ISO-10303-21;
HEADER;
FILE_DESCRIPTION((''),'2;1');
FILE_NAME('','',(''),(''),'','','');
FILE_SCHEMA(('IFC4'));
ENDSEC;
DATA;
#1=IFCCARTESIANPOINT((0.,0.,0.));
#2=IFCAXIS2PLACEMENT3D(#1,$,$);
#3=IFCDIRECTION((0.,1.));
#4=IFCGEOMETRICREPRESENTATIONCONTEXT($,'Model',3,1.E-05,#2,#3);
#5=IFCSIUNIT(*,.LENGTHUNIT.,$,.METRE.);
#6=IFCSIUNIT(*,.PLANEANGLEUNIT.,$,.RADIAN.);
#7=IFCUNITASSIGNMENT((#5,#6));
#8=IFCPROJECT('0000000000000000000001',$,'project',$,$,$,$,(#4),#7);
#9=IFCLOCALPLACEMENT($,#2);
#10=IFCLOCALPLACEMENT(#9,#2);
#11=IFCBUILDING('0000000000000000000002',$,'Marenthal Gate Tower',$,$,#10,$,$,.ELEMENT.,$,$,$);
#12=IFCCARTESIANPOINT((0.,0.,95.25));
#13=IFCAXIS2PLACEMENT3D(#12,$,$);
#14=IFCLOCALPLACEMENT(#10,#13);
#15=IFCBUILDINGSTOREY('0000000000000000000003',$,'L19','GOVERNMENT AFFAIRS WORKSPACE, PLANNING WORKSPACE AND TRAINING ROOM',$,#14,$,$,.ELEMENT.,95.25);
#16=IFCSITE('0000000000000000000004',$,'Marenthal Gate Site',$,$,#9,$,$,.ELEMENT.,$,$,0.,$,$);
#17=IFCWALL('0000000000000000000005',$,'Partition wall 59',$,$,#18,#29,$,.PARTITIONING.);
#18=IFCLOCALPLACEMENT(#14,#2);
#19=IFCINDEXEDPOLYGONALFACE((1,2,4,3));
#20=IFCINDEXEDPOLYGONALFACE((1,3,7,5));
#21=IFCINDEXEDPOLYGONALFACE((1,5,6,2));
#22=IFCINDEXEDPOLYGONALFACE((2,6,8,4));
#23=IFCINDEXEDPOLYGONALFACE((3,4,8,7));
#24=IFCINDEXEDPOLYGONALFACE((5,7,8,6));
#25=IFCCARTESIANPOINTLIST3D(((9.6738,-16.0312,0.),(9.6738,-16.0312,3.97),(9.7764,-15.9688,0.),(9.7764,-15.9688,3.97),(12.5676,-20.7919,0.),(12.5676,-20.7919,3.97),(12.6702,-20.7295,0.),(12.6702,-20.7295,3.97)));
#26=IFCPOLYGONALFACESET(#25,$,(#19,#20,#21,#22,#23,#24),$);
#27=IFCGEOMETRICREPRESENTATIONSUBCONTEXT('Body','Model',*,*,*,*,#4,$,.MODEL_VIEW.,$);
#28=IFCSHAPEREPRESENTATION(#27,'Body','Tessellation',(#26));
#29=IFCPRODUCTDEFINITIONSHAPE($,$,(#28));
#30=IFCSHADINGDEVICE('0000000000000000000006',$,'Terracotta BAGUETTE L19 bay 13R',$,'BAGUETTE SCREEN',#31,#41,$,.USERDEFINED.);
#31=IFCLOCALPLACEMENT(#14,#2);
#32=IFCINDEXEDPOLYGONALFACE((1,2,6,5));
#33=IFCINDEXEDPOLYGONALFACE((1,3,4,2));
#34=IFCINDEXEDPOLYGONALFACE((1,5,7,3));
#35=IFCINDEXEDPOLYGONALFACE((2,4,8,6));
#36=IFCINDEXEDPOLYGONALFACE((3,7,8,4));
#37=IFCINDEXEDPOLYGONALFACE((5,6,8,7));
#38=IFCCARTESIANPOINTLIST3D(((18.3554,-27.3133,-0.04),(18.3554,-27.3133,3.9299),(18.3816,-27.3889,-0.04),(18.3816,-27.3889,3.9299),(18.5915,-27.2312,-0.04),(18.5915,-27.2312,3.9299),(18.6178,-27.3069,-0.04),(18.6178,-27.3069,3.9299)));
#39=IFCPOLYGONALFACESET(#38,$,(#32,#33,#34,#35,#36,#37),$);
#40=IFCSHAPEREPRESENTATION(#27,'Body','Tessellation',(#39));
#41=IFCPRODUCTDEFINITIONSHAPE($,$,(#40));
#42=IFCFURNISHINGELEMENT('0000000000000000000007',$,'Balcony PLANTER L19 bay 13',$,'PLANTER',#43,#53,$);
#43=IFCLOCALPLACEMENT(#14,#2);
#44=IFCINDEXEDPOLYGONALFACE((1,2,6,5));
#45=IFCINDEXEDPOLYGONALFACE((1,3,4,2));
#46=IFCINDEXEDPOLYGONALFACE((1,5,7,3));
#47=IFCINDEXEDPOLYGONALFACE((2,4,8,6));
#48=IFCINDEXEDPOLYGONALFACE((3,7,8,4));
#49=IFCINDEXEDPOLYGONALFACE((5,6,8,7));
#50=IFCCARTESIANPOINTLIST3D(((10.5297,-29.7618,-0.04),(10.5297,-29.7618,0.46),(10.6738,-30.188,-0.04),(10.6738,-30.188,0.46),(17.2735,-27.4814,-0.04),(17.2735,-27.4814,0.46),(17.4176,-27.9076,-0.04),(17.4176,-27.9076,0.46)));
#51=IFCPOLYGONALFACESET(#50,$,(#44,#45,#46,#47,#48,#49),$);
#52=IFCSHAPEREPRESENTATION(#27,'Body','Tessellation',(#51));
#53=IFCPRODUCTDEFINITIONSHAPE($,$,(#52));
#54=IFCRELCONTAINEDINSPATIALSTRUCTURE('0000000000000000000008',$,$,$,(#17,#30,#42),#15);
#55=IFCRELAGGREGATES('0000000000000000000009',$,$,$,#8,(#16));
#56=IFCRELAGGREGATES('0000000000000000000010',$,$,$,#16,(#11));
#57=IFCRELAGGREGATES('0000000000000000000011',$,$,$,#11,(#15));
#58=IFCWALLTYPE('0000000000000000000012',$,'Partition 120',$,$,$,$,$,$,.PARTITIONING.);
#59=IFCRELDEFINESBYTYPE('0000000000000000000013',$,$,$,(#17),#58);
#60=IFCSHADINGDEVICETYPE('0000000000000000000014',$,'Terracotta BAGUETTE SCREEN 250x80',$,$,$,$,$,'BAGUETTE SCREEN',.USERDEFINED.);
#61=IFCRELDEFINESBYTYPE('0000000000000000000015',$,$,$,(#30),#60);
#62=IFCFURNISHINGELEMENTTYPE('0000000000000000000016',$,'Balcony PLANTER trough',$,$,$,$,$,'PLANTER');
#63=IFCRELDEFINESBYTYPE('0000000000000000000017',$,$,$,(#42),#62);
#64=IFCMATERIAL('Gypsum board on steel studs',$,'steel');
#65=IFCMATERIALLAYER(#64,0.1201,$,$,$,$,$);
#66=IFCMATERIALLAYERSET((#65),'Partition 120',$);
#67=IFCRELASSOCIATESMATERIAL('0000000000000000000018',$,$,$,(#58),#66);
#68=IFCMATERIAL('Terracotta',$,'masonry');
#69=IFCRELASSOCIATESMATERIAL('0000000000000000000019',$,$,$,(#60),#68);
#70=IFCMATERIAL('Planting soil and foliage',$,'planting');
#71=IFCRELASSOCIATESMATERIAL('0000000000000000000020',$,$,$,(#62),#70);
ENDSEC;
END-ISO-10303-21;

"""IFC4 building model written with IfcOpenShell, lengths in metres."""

from ifc_helpers import new_model, si_unit, direction, frame, frame_2d, origin, origin_2d, place, context, subcontext, project, spatial, rectangle, extrude, material, layer, layer_set, material_profile, profile_set, type_object, element, save


model = new_model("IFC4")

# Units and contexts
model_context = context("Model", 3, precision=1e-05, world=origin(), true_north=direction((0.0, 1.0)))
body_context = subcontext(model_context, "Body", "Model", "MODEL_VIEW")
ifc_project = project(units=[si_unit("LENGTHUNIT", "METRE"), si_unit("PLANEANGLEUNIT", "RADIAN")], contexts=[model_context])

# Site, building, storey
site_placement = place(None, origin())
site = spatial("IfcSite", under=ifc_project, at=site_placement, Name="Marenthal Gate Site", CompositionType="ELEMENT", RefElevation=0.0)
building_placement = place(site_placement, origin())
building = spatial("IfcBuilding", under=site, at=building_placement, Name="Marenthal Gate Tower", CompositionType="ELEMENT")
storey_placement = place(building_placement, frame((0.0, 0.0, 95.25)))
storey = spatial("IfcBuildingStorey", under=building, at=storey_placement, Name="L19", Description="GOVERNMENT AFFAIRS WORKSPACE, PLANNING WORKSPACE AND TRAINING ROOM", CompositionType="ELEMENT", Elevation=95.25)

# Wall
ifc_material_1 = material(Name="Gypsum board on steel studs", Category="steel")
ifc_layer_1 = layer(ifc_material_1, 0.1201)
ifc_layer_set_1 = layer_set([ifc_layer_1], Name="Partition 120")
wall_type_1 = type_object("IfcWallType", Name="Partition 120", PredefinedType="PARTITIONING", material=ifc_layer_set_1)
wall_1_placement = place(storey_placement, frame((12.6189, -20.7607, 0.0), z_axis=(0.0, 0.0, 1.0), x_axis=(-0.519417, 0.854521, 0.0)))
element("IfcWall", 1, at=wall_1_placement, inside=storey, type_object=wall_type_1, Name="Partition wall 59", PredefinedType="PARTITIONING", context=body_context, shape_type="SweptSolid", body=[
    extrude(rectangle(XDim=5.5713, YDim=0.1201, at=frame_2d((2.7856, 0.0))), origin(), (0.0, 0.0, 1.0), 3.97),
])

# Shading device
ifc_material_2 = material(Name="Terracotta", Category="masonry")
ifc_material_profile_1 = material_profile(ifc_material_2, rectangle(XDim=0.25, YDim=0.0801, at=origin_2d()), Name="Terracotta baguette 250x80")
ifc_profile_set_1 = profile_set([ifc_material_profile_1], Name="Terracotta")
shading_device_type = type_object("IfcShadingDeviceType", Name="Terracotta BAGUETTE SCREEN 250x80", ElementType="BAGUETTE SCREEN", PredefinedType="USERDEFINED", material=ifc_profile_set_1)
shading_device_placement = place(storey_placement, frame((18.4866, -27.3101, -0.04), z_axis=(0.0, 0.0, 1.0), x_axis=(0.944614, 0.328183, 0.0)))
element("IfcShadingDevice", 2, at=shading_device_placement, inside=storey, type_object=shading_device_type, Name="Terracotta BAGUETTE L19 bay 13R", ObjectType="BAGUETTE SCREEN", PredefinedType="USERDEFINED", context=body_context, shape_type="SweptSolid", body=[
    extrude(rectangle(XDim=0.25, YDim=0.0801, at=origin_2d()), origin(), (0.0, 0.0, 1.0), 3.97),
])

# Furnishing element
ifc_material_3 = material(Name="Planting soil and foliage", Category="planting")
furnishing_element_type = type_object("IfcFurnishingElementType", Name="Balcony PLANTER trough", ElementType="PLANTER", material=ifc_material_3)
furnishing_placement = place(storey_placement, frame((13.9736, -28.8347, -0.04), z_axis=(0.0, 0.0, 1.0), x_axis=(0.947307, 0.320328, 0.0)))
element("IfcFurnishingElement", 3, at=furnishing_placement, inside=storey, type_object=furnishing_element_type, Name="Balcony PLANTER L19 bay 13", ObjectType="PLANTER", context=body_context, shape_type="SweptSolid", body=[
    extrude(rectangle(XDim=7.1189, YDim=0.45, at=origin_2d()), origin(), (0.0, 0.0, 1.0), 0.5),
])

save(model, "model.ifc")
